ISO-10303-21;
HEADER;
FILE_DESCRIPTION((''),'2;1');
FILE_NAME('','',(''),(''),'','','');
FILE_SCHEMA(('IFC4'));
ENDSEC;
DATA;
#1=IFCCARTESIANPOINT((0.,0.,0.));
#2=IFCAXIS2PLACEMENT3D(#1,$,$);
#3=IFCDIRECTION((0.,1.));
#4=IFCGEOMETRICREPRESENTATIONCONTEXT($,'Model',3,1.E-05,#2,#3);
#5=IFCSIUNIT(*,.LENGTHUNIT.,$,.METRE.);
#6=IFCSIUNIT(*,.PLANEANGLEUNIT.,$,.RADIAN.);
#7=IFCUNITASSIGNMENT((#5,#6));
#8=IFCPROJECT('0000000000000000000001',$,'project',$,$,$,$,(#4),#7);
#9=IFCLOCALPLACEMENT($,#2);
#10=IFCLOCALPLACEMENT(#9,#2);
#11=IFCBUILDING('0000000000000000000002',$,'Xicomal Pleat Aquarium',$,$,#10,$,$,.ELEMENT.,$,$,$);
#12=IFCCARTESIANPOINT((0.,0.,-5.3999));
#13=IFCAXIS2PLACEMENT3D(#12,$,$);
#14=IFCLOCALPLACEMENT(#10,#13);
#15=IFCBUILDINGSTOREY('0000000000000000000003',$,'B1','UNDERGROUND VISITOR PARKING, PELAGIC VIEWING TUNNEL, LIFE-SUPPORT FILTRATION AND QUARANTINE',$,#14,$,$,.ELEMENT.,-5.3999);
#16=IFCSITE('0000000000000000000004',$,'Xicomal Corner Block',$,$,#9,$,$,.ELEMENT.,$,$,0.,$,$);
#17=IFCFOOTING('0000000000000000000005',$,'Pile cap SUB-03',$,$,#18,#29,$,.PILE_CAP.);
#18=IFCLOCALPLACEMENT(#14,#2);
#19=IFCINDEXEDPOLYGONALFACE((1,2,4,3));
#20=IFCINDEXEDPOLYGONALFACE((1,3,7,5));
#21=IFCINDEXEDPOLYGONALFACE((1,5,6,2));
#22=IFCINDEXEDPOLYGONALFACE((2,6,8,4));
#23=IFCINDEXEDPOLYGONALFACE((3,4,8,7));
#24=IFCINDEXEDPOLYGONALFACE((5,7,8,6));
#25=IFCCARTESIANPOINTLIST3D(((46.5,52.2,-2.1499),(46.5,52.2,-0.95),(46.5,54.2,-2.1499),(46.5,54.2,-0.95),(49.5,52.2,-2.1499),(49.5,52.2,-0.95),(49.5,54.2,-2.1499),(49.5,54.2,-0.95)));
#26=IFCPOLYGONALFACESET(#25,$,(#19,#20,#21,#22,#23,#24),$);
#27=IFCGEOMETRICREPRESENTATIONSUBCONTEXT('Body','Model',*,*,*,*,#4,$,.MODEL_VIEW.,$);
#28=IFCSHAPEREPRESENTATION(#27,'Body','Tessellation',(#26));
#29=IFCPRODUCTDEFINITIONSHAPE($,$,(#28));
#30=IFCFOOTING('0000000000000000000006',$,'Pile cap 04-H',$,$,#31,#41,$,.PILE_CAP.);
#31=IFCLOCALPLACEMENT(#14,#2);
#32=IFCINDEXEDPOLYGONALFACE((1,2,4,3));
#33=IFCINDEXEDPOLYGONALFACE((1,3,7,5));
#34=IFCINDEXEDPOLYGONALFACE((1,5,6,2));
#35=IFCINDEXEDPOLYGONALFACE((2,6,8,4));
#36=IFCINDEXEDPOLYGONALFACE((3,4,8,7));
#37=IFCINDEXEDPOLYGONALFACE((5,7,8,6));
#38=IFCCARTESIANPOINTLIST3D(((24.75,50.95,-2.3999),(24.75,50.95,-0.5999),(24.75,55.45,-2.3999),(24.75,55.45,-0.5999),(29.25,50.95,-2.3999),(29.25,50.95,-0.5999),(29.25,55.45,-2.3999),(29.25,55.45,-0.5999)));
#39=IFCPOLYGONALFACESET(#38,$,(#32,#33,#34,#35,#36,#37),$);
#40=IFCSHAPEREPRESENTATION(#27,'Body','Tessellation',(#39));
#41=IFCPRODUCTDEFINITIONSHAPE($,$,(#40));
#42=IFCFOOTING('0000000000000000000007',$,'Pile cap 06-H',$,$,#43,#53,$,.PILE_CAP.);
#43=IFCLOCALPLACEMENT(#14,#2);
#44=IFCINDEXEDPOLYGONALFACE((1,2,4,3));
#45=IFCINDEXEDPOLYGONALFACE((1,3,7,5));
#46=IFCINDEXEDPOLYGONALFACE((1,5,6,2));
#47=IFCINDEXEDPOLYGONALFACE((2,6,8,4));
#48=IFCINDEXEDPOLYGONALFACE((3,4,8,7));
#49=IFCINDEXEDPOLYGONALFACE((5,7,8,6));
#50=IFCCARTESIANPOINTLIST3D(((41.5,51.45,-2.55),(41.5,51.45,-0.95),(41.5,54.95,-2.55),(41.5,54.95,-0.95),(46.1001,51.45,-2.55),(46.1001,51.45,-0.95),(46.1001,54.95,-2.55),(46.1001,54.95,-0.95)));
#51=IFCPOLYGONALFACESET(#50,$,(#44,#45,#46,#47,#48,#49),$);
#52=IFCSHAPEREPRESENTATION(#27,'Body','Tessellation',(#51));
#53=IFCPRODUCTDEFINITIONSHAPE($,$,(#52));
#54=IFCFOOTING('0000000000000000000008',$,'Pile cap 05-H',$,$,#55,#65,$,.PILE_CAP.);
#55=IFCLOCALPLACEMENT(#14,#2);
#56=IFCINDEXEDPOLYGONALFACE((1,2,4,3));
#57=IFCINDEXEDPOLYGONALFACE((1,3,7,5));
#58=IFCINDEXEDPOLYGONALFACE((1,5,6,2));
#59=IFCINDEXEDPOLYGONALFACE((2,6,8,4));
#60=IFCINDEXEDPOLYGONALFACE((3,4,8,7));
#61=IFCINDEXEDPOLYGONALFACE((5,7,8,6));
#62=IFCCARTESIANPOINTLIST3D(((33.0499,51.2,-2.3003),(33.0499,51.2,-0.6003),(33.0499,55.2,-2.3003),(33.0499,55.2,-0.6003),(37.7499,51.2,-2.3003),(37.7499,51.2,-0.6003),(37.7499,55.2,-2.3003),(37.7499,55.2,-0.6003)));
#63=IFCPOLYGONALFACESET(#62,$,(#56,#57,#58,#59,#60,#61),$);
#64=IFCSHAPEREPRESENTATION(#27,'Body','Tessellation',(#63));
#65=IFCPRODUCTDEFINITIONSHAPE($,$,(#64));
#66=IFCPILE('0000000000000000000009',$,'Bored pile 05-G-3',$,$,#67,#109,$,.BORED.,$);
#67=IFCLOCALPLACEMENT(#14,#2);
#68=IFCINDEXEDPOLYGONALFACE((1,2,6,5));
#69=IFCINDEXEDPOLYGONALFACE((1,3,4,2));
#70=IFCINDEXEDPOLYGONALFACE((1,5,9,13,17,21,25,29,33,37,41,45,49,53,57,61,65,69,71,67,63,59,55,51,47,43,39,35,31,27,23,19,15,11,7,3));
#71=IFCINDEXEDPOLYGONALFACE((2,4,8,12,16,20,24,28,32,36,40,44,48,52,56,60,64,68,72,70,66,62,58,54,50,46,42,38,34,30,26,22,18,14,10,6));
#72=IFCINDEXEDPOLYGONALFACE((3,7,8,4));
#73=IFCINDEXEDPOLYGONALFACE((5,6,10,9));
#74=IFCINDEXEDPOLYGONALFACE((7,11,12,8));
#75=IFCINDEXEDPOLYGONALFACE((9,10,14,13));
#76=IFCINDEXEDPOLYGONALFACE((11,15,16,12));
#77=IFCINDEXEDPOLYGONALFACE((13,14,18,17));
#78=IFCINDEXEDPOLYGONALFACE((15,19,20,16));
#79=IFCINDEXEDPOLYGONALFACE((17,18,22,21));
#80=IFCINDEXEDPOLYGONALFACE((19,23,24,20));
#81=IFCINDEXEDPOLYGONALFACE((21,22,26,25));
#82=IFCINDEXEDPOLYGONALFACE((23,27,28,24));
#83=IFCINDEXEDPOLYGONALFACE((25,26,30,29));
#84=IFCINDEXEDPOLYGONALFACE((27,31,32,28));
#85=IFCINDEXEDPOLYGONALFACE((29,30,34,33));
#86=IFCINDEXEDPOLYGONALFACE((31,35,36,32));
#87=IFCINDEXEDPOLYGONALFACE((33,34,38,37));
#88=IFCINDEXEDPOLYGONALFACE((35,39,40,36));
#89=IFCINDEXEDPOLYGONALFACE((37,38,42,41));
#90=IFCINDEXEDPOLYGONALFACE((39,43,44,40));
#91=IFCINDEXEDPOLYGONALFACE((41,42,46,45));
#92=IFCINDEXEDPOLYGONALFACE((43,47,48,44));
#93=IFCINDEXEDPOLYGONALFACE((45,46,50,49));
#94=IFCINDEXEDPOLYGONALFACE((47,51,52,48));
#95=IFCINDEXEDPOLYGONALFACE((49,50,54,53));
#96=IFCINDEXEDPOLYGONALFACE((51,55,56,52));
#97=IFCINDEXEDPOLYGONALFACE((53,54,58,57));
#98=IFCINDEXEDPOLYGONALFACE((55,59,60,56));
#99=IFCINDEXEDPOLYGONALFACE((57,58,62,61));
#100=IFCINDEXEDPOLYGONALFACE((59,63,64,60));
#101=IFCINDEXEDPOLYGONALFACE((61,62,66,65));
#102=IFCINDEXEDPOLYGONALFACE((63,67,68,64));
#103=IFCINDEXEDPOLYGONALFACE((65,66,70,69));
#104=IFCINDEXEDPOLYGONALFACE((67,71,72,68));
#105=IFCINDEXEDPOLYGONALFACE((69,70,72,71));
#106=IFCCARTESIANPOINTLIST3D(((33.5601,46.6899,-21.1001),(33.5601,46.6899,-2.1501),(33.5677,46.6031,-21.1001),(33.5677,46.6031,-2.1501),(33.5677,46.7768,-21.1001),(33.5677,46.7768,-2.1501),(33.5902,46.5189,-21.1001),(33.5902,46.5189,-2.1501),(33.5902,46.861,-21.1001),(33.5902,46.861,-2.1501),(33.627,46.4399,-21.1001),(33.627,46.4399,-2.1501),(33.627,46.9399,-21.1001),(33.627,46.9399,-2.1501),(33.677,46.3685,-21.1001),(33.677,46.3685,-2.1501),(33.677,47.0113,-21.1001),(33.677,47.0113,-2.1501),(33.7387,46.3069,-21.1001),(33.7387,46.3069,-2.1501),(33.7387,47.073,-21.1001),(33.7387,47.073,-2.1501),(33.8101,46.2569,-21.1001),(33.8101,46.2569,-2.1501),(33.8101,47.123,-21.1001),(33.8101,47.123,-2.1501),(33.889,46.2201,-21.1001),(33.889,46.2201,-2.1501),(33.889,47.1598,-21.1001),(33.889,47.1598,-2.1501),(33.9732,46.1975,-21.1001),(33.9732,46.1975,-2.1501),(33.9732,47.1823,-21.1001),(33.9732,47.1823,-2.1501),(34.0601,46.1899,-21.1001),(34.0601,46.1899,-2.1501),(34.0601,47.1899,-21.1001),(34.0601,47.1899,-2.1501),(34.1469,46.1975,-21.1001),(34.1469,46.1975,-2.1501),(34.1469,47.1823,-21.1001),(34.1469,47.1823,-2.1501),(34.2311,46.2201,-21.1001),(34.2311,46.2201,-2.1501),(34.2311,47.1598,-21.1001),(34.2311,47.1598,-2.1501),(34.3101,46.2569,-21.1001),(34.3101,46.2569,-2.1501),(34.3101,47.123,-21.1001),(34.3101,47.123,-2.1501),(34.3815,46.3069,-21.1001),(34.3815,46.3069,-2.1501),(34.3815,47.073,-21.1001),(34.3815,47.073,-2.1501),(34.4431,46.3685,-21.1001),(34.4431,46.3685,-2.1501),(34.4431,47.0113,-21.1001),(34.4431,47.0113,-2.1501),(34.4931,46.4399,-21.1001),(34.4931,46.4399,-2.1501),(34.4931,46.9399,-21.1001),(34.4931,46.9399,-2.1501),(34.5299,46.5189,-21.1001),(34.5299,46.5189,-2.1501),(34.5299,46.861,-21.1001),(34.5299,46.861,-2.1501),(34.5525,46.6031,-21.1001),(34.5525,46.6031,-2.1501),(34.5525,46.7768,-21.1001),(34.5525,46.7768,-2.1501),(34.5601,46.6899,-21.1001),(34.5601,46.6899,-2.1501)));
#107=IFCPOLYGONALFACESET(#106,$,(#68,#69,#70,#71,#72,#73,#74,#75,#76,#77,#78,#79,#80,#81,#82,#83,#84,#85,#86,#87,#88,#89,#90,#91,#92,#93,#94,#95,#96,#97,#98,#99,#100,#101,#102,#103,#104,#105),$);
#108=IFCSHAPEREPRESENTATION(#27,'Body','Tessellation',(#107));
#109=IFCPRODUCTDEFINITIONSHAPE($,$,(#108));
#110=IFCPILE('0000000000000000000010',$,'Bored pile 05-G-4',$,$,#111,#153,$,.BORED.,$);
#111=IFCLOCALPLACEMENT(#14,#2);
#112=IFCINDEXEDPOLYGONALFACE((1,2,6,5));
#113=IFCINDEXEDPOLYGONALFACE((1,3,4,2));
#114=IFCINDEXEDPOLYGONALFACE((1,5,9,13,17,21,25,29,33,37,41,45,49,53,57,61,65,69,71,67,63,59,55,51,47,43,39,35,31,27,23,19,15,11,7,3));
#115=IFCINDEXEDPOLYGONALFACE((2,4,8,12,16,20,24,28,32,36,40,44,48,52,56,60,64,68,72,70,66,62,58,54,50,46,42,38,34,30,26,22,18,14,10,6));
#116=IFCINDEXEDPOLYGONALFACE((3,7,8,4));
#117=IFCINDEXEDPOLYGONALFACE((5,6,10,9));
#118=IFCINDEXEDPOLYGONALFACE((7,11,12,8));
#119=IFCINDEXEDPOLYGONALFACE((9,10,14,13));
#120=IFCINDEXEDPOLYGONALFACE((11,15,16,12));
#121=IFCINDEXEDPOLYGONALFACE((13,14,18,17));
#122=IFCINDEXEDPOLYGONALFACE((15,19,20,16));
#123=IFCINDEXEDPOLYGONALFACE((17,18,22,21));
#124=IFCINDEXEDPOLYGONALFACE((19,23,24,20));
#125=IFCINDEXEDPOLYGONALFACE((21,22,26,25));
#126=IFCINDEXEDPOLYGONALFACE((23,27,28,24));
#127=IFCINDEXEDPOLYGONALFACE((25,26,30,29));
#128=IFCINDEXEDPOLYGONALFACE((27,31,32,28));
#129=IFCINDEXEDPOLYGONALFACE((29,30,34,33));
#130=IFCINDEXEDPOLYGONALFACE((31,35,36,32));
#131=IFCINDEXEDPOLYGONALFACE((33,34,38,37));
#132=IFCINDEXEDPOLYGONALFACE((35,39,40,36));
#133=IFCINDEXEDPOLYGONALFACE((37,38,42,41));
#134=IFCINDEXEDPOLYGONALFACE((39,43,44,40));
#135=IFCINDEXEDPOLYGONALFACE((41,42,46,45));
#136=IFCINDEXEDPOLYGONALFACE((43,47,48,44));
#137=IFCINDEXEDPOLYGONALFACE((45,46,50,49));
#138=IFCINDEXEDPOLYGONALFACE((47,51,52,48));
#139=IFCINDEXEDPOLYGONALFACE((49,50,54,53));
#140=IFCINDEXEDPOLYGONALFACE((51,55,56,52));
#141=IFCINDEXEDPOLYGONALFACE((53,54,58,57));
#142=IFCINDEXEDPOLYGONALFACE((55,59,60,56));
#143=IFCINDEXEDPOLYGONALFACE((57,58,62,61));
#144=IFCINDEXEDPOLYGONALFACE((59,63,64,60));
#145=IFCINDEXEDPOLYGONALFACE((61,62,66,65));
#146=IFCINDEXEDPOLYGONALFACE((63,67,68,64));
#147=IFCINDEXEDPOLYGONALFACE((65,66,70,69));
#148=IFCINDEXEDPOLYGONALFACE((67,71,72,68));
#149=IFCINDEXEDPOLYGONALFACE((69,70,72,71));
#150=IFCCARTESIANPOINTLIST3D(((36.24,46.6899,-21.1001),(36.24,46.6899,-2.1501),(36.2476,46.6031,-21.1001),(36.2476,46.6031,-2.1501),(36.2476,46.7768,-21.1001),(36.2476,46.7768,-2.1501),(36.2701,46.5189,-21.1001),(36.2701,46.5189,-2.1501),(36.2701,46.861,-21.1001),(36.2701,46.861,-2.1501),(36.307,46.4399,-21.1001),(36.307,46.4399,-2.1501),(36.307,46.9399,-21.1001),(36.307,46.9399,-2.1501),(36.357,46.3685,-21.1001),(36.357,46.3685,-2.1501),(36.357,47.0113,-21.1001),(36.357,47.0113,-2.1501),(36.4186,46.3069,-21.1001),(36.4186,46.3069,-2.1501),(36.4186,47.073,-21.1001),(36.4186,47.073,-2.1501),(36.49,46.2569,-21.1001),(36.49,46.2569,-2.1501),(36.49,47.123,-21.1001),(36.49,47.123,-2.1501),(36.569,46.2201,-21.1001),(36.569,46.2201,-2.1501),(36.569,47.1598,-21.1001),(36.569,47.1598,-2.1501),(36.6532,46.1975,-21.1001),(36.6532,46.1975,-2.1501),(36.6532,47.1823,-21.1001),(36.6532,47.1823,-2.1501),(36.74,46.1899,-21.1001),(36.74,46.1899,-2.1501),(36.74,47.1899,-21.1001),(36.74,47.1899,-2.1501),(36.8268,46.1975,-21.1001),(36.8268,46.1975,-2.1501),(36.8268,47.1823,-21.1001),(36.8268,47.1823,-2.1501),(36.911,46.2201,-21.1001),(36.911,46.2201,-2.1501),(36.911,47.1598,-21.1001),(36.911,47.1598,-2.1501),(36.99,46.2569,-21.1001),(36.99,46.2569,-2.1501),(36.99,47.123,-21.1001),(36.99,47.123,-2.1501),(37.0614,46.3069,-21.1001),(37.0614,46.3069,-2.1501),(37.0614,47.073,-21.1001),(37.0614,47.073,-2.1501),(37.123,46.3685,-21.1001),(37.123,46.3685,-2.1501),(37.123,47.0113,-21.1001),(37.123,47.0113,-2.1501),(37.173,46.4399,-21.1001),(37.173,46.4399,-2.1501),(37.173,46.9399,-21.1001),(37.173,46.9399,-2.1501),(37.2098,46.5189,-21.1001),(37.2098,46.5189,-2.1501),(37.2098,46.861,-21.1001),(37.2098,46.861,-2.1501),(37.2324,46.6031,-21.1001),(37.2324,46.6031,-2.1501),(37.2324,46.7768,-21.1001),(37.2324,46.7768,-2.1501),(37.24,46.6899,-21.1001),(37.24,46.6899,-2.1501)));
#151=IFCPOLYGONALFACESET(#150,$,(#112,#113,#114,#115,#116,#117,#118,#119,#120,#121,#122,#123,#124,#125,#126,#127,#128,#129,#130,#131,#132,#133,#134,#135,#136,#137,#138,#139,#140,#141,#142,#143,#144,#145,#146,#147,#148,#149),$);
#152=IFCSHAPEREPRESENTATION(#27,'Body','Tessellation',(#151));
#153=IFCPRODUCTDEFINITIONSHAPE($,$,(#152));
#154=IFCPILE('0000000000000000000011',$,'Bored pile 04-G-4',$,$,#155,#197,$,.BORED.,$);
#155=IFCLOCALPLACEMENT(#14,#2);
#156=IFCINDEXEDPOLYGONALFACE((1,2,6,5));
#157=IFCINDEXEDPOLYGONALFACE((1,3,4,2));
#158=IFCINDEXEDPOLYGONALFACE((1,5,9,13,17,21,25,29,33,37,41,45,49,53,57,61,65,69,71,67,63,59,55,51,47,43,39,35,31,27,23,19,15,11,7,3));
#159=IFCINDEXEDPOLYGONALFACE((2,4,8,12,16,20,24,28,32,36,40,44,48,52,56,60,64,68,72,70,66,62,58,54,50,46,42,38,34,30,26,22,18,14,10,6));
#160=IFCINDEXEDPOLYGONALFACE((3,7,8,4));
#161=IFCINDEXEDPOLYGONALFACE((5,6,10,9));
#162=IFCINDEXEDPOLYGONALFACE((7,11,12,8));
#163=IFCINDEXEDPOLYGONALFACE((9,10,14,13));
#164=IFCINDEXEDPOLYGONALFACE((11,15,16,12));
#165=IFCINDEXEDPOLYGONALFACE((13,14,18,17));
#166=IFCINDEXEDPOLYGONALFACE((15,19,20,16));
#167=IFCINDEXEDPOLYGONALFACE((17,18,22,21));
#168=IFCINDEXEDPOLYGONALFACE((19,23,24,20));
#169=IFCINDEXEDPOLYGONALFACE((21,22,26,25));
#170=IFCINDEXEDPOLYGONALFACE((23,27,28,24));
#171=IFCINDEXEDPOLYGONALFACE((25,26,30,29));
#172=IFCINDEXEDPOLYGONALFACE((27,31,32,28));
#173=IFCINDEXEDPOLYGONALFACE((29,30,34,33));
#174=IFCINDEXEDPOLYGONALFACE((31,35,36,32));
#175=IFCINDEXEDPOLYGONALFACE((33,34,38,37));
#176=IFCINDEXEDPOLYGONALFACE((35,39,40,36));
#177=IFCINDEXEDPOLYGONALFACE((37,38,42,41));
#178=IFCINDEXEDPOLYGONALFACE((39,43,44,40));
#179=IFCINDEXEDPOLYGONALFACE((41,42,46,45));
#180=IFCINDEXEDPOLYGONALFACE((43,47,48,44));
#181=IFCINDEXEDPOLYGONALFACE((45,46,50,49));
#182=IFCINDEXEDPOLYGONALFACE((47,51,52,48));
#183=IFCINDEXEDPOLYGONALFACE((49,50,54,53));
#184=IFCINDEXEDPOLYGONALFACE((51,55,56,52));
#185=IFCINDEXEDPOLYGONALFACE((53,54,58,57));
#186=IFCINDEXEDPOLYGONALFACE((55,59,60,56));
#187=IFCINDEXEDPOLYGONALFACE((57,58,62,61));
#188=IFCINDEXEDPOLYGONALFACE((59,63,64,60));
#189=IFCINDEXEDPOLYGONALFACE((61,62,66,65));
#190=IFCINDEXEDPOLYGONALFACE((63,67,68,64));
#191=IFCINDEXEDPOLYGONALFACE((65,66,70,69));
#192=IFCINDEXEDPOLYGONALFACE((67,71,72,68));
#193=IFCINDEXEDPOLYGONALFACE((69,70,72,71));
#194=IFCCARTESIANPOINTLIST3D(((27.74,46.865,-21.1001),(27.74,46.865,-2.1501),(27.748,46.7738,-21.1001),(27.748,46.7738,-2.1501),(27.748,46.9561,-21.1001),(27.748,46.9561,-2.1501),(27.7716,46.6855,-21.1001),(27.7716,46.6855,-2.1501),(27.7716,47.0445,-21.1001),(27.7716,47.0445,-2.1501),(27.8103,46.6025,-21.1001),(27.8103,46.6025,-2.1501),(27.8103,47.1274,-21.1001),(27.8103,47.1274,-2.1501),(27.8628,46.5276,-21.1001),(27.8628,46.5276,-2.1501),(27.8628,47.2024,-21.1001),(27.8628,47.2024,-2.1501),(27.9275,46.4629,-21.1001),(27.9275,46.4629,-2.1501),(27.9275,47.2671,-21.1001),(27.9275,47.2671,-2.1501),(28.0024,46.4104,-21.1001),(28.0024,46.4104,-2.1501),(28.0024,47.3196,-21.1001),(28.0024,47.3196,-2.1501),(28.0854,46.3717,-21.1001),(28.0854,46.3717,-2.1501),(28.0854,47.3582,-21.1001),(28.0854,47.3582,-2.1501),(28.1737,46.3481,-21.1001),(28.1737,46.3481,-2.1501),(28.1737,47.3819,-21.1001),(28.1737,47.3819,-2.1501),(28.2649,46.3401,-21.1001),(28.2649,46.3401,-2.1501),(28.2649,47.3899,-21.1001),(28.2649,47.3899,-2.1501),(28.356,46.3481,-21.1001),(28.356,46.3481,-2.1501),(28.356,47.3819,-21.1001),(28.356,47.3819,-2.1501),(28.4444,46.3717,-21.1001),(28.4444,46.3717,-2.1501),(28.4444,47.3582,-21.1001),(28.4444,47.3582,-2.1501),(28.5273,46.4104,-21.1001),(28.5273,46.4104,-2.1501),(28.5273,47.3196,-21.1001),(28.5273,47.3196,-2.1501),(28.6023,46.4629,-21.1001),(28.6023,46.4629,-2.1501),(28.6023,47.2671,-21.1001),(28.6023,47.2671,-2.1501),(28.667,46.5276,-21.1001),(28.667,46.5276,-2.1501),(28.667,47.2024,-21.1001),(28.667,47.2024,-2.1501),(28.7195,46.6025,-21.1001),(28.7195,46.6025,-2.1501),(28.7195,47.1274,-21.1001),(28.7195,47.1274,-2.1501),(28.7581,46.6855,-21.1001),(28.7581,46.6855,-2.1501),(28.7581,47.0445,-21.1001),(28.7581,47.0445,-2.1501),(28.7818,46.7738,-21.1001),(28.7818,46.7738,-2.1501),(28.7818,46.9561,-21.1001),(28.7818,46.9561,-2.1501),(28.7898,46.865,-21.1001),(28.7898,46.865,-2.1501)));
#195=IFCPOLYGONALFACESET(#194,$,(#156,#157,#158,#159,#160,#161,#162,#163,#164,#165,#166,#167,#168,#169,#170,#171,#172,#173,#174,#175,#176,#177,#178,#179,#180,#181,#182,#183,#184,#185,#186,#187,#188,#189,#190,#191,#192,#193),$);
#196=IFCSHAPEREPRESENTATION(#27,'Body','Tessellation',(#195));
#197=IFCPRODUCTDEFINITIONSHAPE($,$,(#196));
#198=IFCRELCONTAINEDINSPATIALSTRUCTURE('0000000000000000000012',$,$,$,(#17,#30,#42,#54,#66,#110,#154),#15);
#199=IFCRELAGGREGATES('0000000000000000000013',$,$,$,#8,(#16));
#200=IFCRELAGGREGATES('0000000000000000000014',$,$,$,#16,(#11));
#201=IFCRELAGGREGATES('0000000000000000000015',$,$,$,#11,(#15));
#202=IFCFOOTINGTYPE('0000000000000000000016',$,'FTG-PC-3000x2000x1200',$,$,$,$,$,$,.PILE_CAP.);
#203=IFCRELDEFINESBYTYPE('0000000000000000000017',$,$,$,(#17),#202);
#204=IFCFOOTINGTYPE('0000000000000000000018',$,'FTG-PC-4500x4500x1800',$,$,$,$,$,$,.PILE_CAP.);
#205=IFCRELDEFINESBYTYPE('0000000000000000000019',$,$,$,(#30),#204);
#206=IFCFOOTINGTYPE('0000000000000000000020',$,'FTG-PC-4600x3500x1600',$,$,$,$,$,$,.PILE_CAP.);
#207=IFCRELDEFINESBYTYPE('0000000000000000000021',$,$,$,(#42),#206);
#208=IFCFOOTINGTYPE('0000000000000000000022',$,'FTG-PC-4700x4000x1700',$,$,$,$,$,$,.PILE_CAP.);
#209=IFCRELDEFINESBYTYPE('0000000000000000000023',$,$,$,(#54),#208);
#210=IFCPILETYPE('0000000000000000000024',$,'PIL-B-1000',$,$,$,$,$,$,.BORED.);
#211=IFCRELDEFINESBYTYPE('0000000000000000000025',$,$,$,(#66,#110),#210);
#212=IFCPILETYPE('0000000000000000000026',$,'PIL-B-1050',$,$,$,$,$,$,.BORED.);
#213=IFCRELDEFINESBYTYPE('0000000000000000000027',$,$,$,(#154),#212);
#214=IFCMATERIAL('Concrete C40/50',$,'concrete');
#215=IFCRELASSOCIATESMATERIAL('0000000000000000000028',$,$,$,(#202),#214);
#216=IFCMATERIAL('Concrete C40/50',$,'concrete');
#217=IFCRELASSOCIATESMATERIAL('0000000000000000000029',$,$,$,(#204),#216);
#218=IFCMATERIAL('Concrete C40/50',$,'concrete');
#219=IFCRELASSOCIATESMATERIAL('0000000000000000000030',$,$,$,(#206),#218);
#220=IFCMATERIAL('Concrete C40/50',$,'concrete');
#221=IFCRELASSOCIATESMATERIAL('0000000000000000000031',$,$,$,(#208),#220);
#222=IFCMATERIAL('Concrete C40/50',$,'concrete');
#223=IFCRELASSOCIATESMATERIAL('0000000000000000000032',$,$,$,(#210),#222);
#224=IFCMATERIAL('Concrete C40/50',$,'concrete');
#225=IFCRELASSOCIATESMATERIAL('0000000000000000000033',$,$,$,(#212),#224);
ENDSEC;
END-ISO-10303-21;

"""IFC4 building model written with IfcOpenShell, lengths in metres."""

from ifc_helpers import new_model, si_unit, direction, frame, origin, origin_2d, place, context, subcontext, project, spatial, rectangle, circle, extrude, material, material_profile, profile_set, type_object, element, save


model = new_model("IFC4")

# Units and contexts
model_context = context("Model", 3, precision=1e-05, world=origin(), true_north=direction((0.0, 1.0)))
body_context = subcontext(model_context, "Body", "Model", "MODEL_VIEW")
ifc_project = project(units=[si_unit("LENGTHUNIT", "METRE"), si_unit("PLANEANGLEUNIT", "RADIAN")], contexts=[model_context])

# Site, building, storey
site_placement = place(None, origin())
site = spatial("IfcSite", under=ifc_project, at=site_placement, Name="Xicomal Corner Block", CompositionType="ELEMENT", RefElevation=0.0)
building_placement = place(site_placement, origin())
building = spatial("IfcBuilding", under=site, at=building_placement, Name="Xicomal Pleat Aquarium", CompositionType="ELEMENT")
storey_placement = place(building_placement, frame((0.0, 0.0, -5.3999)))
storey = spatial("IfcBuildingStorey", under=building, at=storey_placement, Name="B1", Description="UNDERGROUND VISITOR PARKING, PELAGIC VIEWING TUNNEL, LIFE-SUPPORT FILTRATION AND QUARANTINE", CompositionType="ELEMENT", Elevation=-5.3999)

# Footings
ifc_material_1 = material(Name="Concrete C40/50", Category="concrete")
footing_type_1 = type_object("IfcFootingType", Name="FTG-PC-3000x2000x1200", PredefinedType="PILE_CAP", material=ifc_material_1)
footing_1_placement = place(storey_placement, frame((48.0, 53.2, -2.1499), z_axis=(0.0, 0.0, 1.0), x_axis=(1.0, 0.0, 0.0)))
element("IfcFooting", 1, at=footing_1_placement, inside=storey, type_object=footing_type_1, Name="Pile cap SUB-03", PredefinedType="PILE_CAP", context=body_context, shape_type="SweptSolid", body=[
    extrude(rectangle(XDim=3.0, YDim=2.0, at=origin_2d()), origin(), (0.0, 0.0, 1.0), 1.2),
])
ifc_material_2 = material(Name="Concrete C40/50", Category="concrete")
footing_type_2 = type_object("IfcFootingType", Name="FTG-PC-4500x4500x1800", PredefinedType="PILE_CAP", material=ifc_material_2)
footing_2_placement = place(storey_placement, frame((27.0, 53.2, -2.3999), z_axis=(0.0, 0.0, 1.0), x_axis=(1.0, 0.0, 0.0)))
element("IfcFooting", 2, at=footing_2_placement, inside=storey, type_object=footing_type_2, Name="Pile cap 04-H", PredefinedType="PILE_CAP", context=body_context, shape_type="SweptSolid", body=[
    extrude(rectangle(XDim=4.5, YDim=4.5, at=origin_2d()), origin(), (0.0, 0.0, 1.0), 1.8),
])
ifc_material_3 = material(Name="Concrete C40/50", Category="concrete")
footing_type_3 = type_object("IfcFootingType", Name="FTG-PC-4600x3500x1600", PredefinedType="PILE_CAP", material=ifc_material_3)
footing_3_placement = place(storey_placement, frame((43.8, 53.2, -2.55), z_axis=(0.0, 0.0, 1.0), x_axis=(1.0, 0.0, 0.0)))
element("IfcFooting", 3, at=footing_3_placement, inside=storey, type_object=footing_type_3, Name="Pile cap 06-H", PredefinedType="PILE_CAP", context=body_context, shape_type="SweptSolid", body=[
    extrude(rectangle(XDim=4.6001, YDim=3.5, at=origin_2d()), origin(), (0.0, 0.0, 1.0), 1.6001),
])
ifc_material_4 = material(Name="Concrete C40/50", Category="concrete")
footing_type_4 = type_object("IfcFootingType", Name="FTG-PC-4700x4000x1700", PredefinedType="PILE_CAP", material=ifc_material_4)
footing_4_placement = place(storey_placement, frame((35.3999, 53.2, -2.3003), z_axis=(0.0, 0.0, 1.0), x_axis=(1.0, 0.0, 0.0)))
element("IfcFooting", 4, at=footing_4_placement, inside=storey, type_object=footing_type_4, Name="Pile cap 05-H", PredefinedType="PILE_CAP", context=body_context, shape_type="SweptSolid", body=[
    extrude(rectangle(XDim=4.7, YDim=4.0, at=origin_2d()), origin(), (0.0, 0.0, 1.0), 1.7),
])

# Piles
ifc_material_5 = material(Name="Concrete C40/50", Category="concrete")
ifc_material_profile_1 = material_profile(ifc_material_5, circle(Radius=0.5, at=origin_2d()), Name="BORED PILE D1000")
ifc_profile_set_1 = profile_set([ifc_material_profile_1], Name="Concrete C40/50")
pile_type_1 = type_object("IfcPileType", Name="PIL-B-1000", PredefinedType="BORED", material=ifc_profile_set_1)
for number, where, z_axis, x_axis, name in (
    (5, (34.0601, 46.6899, -2.1501), (0.0, 0.0, -1.0), (1.0, 0.0, 0.0), "Bored pile 05-G-3"),
    (6, (36.74, 46.6899, -2.1501), (0.0, 0.0, -1.0), (1.0, 0.0, 0.0), "Bored pile 05-G-4"),
):
    element("IfcPile", number, at=place(storey_placement, frame(where, z_axis=z_axis, x_axis=x_axis)), inside=storey, type_object=pile_type_1, Name=name, PredefinedType="BORED", context=body_context, shape_type="SweptSolid", body=[
        extrude(circle(Radius=0.5, at=origin_2d()), origin(), (0.0, 0.0, 1.0), 18.95),
    ])
ifc_material_6 = material(Name="Concrete C40/50", Category="concrete")
ifc_material_profile_2 = material_profile(ifc_material_6, circle(Radius=0.5249, at=origin_2d()), Name="BORED PILE D1050")
ifc_profile_set_2 = profile_set([ifc_material_profile_2], Name="Concrete C40/50")
pile_type_2 = type_object("IfcPileType", Name="PIL-B-1050", PredefinedType="BORED", material=ifc_profile_set_2)
pile_1_placement = place(storey_placement, frame((28.2649, 46.865, -2.1501), z_axis=(0.0, 0.0, -1.0), x_axis=(1.0, 0.0, 0.0)))
element("IfcPile", 7, at=pile_1_placement, inside=storey, type_object=pile_type_2, Name="Bored pile 04-G-4", PredefinedType="BORED", context=body_context, shape_type="SweptSolid", body=[
    extrude(circle(Radius=0.5249, at=origin_2d()), origin(), (0.0, 0.0, 1.0), 18.95),
])

save(model, "model.ifc")
